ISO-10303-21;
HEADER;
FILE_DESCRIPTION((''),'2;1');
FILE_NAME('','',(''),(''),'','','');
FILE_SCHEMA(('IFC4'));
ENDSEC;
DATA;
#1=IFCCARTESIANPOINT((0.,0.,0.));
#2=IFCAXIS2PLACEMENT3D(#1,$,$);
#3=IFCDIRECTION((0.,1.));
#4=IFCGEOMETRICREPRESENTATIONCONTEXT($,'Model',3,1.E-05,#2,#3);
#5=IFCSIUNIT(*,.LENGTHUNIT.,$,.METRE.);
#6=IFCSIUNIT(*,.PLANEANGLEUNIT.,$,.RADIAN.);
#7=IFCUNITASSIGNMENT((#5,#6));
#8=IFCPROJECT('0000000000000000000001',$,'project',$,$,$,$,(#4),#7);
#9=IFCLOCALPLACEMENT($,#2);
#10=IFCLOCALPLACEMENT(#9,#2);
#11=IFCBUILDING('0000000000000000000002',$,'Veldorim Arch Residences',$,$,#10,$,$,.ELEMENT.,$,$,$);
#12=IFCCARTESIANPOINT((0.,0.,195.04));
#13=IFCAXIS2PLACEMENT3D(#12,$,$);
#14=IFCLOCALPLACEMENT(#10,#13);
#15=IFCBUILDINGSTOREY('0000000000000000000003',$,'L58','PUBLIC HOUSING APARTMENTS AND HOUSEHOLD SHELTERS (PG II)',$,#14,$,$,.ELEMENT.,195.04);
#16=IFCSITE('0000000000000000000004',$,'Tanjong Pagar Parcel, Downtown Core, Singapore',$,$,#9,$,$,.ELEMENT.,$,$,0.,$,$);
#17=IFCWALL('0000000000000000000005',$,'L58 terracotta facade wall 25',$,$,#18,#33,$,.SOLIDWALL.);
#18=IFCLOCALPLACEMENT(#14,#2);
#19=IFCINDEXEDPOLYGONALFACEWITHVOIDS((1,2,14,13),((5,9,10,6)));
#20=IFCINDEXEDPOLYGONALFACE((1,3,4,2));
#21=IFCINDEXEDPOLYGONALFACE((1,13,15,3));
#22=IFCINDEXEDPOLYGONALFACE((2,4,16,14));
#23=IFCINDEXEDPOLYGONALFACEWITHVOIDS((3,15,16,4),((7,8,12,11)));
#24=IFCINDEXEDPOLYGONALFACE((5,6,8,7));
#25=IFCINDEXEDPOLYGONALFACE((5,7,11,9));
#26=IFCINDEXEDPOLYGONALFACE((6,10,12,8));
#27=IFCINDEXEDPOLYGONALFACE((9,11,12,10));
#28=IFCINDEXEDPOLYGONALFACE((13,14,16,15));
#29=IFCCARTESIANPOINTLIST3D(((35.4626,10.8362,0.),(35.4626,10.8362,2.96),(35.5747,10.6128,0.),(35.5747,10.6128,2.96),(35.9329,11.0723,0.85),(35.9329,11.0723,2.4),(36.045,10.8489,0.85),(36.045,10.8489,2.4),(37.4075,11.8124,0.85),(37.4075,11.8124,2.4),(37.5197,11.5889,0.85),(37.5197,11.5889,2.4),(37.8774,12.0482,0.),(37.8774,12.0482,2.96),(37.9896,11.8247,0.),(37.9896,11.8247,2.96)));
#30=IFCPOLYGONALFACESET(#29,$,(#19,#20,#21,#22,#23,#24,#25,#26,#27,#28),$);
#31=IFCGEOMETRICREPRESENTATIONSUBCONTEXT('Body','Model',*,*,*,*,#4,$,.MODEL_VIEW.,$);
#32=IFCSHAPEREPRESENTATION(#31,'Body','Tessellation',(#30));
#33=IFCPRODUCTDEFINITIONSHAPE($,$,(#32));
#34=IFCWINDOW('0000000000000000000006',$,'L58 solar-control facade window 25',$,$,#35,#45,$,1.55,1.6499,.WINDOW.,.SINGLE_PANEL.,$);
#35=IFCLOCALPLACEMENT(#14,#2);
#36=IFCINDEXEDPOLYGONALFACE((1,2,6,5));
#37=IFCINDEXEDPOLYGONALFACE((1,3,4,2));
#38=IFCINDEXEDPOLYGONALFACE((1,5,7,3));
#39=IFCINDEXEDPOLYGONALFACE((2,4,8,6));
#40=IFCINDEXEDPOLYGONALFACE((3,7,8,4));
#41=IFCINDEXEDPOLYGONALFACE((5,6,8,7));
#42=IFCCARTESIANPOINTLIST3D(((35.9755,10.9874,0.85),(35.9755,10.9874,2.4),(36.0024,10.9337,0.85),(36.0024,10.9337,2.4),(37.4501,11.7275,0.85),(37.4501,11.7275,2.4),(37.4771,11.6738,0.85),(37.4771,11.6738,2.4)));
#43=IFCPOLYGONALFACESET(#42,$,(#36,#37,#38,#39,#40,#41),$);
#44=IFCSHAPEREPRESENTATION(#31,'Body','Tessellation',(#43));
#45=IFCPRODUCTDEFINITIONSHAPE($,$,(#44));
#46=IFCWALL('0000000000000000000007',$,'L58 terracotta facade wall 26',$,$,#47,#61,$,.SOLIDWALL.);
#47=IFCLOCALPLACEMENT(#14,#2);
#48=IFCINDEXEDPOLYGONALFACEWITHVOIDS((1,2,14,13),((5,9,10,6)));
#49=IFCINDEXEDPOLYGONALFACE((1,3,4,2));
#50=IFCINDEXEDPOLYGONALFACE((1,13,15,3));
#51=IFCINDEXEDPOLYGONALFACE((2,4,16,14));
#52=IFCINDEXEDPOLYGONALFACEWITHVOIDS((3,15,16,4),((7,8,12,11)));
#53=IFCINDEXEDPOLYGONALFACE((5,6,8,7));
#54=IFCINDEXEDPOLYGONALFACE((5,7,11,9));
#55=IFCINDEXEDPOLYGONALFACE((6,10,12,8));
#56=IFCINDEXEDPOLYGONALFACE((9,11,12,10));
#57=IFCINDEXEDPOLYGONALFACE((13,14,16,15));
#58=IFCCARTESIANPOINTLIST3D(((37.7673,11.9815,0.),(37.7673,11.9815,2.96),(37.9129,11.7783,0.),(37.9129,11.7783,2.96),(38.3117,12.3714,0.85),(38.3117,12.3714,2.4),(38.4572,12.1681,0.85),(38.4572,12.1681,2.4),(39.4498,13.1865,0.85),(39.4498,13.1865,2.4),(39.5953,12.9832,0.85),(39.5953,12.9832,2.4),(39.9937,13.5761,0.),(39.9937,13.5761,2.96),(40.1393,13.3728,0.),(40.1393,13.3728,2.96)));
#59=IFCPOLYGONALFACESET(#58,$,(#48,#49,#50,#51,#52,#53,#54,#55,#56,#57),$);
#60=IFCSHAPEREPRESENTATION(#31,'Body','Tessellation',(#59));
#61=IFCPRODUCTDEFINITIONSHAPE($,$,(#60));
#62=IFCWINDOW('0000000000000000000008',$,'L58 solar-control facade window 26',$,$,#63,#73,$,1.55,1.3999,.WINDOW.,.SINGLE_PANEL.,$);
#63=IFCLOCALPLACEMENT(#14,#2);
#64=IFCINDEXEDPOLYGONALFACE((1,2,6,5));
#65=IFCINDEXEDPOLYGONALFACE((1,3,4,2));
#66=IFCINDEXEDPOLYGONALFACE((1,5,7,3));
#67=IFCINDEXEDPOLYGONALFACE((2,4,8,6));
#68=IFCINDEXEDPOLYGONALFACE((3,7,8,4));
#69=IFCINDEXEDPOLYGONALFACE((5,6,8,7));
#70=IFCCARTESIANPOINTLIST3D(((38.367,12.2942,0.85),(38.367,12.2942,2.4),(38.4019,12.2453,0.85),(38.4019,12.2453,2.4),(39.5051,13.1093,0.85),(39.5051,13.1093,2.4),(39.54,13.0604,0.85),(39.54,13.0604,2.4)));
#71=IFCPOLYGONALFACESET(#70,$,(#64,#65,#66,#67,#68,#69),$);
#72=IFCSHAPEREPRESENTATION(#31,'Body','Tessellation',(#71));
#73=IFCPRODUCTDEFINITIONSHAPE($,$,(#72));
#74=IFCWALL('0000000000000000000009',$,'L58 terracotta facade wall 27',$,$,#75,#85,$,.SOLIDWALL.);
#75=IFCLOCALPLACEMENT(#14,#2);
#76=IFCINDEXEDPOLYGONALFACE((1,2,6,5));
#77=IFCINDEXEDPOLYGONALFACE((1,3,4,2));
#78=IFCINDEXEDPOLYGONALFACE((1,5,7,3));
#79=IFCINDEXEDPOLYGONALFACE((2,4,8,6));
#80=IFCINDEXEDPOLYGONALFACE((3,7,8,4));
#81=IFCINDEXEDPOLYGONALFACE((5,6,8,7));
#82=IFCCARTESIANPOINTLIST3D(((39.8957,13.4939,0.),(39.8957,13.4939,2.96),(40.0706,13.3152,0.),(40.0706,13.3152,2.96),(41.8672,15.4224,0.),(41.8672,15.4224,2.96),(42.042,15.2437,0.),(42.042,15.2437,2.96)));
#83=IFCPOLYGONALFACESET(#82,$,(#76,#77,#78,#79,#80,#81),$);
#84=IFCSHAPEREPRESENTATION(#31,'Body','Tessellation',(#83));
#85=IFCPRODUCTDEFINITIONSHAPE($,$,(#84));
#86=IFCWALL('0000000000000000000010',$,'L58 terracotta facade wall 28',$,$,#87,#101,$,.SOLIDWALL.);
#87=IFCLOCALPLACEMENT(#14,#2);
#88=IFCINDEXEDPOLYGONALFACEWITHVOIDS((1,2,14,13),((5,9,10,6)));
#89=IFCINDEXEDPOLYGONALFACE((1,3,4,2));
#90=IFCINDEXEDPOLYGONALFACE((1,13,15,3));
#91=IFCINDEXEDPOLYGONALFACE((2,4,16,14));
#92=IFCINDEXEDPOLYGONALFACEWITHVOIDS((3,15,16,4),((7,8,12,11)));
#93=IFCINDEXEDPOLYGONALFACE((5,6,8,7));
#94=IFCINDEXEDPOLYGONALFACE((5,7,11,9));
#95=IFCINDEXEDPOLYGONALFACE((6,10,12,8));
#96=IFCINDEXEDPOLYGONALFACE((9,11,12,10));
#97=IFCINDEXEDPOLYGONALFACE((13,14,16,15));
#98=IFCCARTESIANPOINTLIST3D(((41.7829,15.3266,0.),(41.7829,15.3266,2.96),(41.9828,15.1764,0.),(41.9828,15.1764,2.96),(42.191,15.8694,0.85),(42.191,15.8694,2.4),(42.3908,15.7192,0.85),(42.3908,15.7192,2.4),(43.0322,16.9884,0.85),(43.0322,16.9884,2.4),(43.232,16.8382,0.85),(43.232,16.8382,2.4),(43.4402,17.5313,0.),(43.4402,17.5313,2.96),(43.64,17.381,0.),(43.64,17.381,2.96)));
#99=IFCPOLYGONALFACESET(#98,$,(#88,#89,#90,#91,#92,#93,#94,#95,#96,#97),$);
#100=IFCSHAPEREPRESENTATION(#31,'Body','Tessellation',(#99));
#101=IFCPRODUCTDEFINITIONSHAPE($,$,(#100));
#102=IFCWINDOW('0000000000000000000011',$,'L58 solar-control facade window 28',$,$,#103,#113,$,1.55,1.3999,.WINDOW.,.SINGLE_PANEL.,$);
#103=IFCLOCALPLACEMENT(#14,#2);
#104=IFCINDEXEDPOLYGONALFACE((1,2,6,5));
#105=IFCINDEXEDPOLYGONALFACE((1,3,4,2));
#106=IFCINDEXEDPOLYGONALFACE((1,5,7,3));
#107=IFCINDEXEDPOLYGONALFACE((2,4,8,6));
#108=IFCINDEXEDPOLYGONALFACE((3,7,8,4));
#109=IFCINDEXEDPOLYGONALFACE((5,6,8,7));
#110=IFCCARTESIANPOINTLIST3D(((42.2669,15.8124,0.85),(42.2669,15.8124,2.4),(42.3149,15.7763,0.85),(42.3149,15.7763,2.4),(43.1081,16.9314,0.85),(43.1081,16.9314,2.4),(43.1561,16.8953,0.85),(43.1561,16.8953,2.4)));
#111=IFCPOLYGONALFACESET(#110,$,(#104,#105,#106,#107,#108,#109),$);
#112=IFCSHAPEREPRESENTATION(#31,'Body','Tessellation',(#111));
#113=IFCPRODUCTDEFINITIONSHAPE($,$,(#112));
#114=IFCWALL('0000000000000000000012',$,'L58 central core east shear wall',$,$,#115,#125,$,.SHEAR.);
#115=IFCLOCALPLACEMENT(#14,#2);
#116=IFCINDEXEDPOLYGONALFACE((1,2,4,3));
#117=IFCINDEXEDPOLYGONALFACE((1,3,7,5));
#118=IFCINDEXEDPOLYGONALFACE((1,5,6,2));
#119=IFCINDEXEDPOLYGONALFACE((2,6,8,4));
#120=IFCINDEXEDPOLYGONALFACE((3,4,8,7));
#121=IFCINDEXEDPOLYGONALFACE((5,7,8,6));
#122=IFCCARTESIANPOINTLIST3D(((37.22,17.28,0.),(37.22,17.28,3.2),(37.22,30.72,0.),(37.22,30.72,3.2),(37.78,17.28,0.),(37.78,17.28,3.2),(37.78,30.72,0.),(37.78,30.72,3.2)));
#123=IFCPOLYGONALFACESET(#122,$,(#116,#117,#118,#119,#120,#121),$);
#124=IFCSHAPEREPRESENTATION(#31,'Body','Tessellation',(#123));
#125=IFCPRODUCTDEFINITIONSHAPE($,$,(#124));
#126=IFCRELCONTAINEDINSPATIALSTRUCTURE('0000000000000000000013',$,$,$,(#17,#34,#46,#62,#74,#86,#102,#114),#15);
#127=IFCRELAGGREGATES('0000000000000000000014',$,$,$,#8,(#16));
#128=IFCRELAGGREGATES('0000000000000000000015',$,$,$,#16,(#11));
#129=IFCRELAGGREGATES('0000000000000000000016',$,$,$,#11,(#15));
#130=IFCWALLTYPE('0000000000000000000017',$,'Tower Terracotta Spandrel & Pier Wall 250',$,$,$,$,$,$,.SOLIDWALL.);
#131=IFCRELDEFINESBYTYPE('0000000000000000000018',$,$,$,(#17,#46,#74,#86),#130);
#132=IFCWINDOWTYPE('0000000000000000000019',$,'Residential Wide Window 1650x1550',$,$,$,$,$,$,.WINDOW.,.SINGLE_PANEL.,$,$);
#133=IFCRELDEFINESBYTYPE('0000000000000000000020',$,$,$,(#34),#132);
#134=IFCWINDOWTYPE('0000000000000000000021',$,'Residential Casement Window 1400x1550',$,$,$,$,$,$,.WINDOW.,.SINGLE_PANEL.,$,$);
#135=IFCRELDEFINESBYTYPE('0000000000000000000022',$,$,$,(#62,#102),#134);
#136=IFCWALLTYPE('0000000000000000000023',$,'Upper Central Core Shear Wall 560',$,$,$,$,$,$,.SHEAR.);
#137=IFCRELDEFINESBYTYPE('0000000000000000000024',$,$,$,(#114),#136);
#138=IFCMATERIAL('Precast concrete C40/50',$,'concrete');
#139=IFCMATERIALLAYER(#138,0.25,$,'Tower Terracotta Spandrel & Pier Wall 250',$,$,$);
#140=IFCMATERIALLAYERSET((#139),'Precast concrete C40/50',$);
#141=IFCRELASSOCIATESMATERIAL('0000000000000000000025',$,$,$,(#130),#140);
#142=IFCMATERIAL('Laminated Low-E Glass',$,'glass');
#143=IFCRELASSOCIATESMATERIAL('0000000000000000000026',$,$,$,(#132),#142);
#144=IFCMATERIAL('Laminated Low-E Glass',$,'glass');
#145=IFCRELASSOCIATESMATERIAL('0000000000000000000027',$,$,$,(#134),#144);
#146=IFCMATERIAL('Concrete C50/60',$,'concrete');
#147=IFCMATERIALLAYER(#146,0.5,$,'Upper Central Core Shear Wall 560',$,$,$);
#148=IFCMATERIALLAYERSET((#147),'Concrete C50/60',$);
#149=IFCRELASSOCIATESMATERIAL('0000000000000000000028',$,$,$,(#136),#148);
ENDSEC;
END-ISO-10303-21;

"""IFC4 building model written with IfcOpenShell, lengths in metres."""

from ifc_helpers import new_model, si_unit, direction, frame, frame_2d, origin, place, context, subcontext, project, spatial, rectangle, extrude, material, layer, layer_set, type_object, element, fill, save


model = new_model("IFC4")

# Units and contexts
model_context = context("Model", 3, precision=1e-05, world=origin(), true_north=direction((0.0, 1.0)))
body_context = subcontext(model_context, "Body", "Model", "MODEL_VIEW")
ifc_project = project(units=[si_unit("LENGTHUNIT", "METRE"), si_unit("PLANEANGLEUNIT", "RADIAN")], contexts=[model_context])

# Site, building, storey
site_placement = place(None, origin())
site = spatial("IfcSite", under=ifc_project, at=site_placement, Name="Tanjong Pagar Parcel, Downtown Core, Singapore", CompositionType="ELEMENT", RefElevation=0.0)
building_placement = place(site_placement, origin())
building = spatial("IfcBuilding", under=site, at=building_placement, Name="Veldorim Arch Residences", CompositionType="ELEMENT")
storey_placement = place(building_placement, frame((0.0, 0.0, 195.04)))
storey = spatial("IfcBuildingStorey", under=building, at=storey_placement, Name="L58", Description="PUBLIC HOUSING APARTMENTS AND HOUSEHOLD SHELTERS (PG II)", CompositionType="ELEMENT", Elevation=195.04)

# Walls, openings, windows
ifc_material_1 = material(Name="Precast concrete C40/50", Category="concrete")
ifc_layer_1 = layer(ifc_material_1, 0.25, Name="Tower Terracotta Spandrel & Pier Wall 250")
ifc_layer_set_1 = layer_set([ifc_layer_1], Name="Precast concrete C40/50")
wall_type_1 = type_object("IfcWallType", Name="Tower Terracotta Spandrel & Pier Wall 250", PredefinedType="SOLIDWALL", material=ifc_layer_set_1)
wall_1_placement = place(storey_placement, frame((37.9336, 11.9365, 0.0), z_axis=(0.0, 0.0, 1.0), x_axis=(-0.893758, -0.44855, 0.0)))
wall_1 = element("IfcWall", 1, at=wall_1_placement, inside=storey, type_object=wall_type_1, Name="L58 terracotta facade wall 25", PredefinedType="SOLIDWALL", context=body_context, shape_type="SweptSolid", body=[
    extrude(rectangle(XDim=2.7019, YDim=0.25, at=frame_2d((1.3511, 0.0))), origin(), (0.0, 0.0, 1.0), 2.96),
])
opening_1_placement = place(wall_1_placement, frame((0.5259, 0.0, 0.8501)))
opening_1 = element("IfcOpeningElement", 2, at=opening_1_placement, cuts=wall_1, PredefinedType="OPENING", context=body_context, shape_type="SweptSolid", body=[
    extrude(rectangle(XDim=1.6499, YDim=1.55, at=frame_2d((0.825, 0.7749))), frame((0.0, 0.135, 0.0), z_axis=(0.0, -1.0, 0.0), x_axis=(1.0, 0.0, 0.0)), (0.0, 0.0, 1.0), 0.27),
])
ifc_material_2 = material(Name="Laminated Low-E Glass", Category="glass")
window_type_1 = type_object("IfcWindowType", Name="Residential Wide Window 1650x1550", PartitioningType="SINGLE_PANEL", PredefinedType="WINDOW", material=ifc_material_2)
window_1_placement = place(opening_1_placement, origin())
window_1 = element("IfcWindow", 3, at=window_1_placement, inside=storey, type_object=window_type_1, Name="L58 solar-control facade window 25", OverallHeight=1.55, OverallWidth=1.6499, PartitioningType="SINGLE_PANEL", PredefinedType="WINDOW", context=body_context, shape_type="SweptSolid", body=[
    extrude(rectangle(XDim=1.6499, YDim=1.55, at=frame_2d((0.825, 0.7749))), frame((0.0, 0.03, 0.0), z_axis=(0.0, -1.0, 0.0), x_axis=(1.0, 0.0, 0.0)), (0.0, 0.0, 1.0), 0.0601),
])
fill(opening_1, window_1)
wall_2_placement = place(storey_placement, frame((40.0664, 13.4744, 0.0), z_axis=(0.0, 0.0, 1.0), x_axis=(-0.812998, -0.582267, 0.0)))
wall_2 = element("IfcWall", 4, at=wall_2_placement, inside=storey, type_object=wall_type_1, Name="L58 terracotta facade wall 26", PredefinedType="SOLIDWALL", context=body_context, shape_type="SweptSolid", body=[
    extrude(rectangle(XDim=2.7385, YDim=0.25, at=frame_2d((1.3691, 0.0))), origin(), (0.0, 0.0, 1.0), 2.96),
])
opening_2_placement = place(wall_2_placement, frame((0.6689, 0.0, 0.8501)))
opening_2 = element("IfcOpeningElement", 5, at=opening_2_placement, cuts=wall_2, PredefinedType="OPENING", context=body_context, shape_type="SweptSolid", body=[
    extrude(rectangle(XDim=1.3999, YDim=1.55, at=frame_2d((0.7, 0.7749))), frame((0.0, 0.135, 0.0), z_axis=(0.0, -1.0, 0.0), x_axis=(1.0, 0.0, 0.0)), (0.0, 0.0, 1.0), 0.27),
])
ifc_material_3 = material(Name="Laminated Low-E Glass", Category="glass")
window_type_2 = type_object("IfcWindowType", Name="Residential Casement Window 1400x1550", PartitioningType="SINGLE_PANEL", PredefinedType="WINDOW", material=ifc_material_3)
window_2_placement = place(opening_2_placement, origin())
window_2 = element("IfcWindow", 6, at=window_2_placement, inside=storey, type_object=window_type_2, Name="L58 solar-control facade window 26", OverallHeight=1.55, OverallWidth=1.3999, PartitioningType="SINGLE_PANEL", PredefinedType="WINDOW", context=body_context, shape_type="SweptSolid", body=[
    extrude(rectangle(XDim=1.3999, YDim=1.55, at=frame_2d((0.7, 0.7749))), frame((0.0, 0.03, 0.0), z_axis=(0.0, -1.0, 0.0), x_axis=(1.0, 0.0, 0.0)), (0.0, 0.0, 1.0), 0.0601),
])
fill(opening_2, window_2)

# Wall
wall_3_placement = place(storey_placement, frame((41.9546, 15.333, 0.0), z_axis=(0.0, 0.0, 1.0), x_axis=(-0.714854, -0.699274, 0.0)))
element("IfcWall", 7, at=wall_3_placement, inside=storey, type_object=wall_type_1, Name="L58 terracotta facade wall 27", PredefinedType="SOLIDWALL", context=body_context, shape_type="SweptSolid", body=[
    extrude(rectangle(XDim=2.7578, YDim=0.25, at=frame_2d((1.3789, 0.0))), origin(), (0.0, 0.0, 1.0), 2.96),
])

# Wall, opening, window
wall_4_placement = place(storey_placement, frame((43.54, 17.4561, 0.0), z_axis=(0.0, 0.0, 1.0), x_axis=(-0.600878, -0.799341, 0.0)))
wall_4 = element("IfcWall", 8, at=wall_4_placement, inside=storey, type_object=wall_type_1, Name="L58 terracotta facade wall 28", PredefinedType="SOLIDWALL", context=body_context, shape_type="SweptSolid", body=[
    extrude(rectangle(XDim=2.7581, YDim=0.25, at=frame_2d((1.3789, 0.0))), origin(), (0.0, 0.0, 1.0), 2.96),
])
opening_3_placement = place(wall_4_placement, frame((0.679, 0.0, 0.8501)))
opening_3 = element("IfcOpeningElement", 9, at=opening_3_placement, cuts=wall_4, PredefinedType="OPENING", context=body_context, shape_type="SweptSolid", body=[
    extrude(rectangle(XDim=1.3999, YDim=1.55, at=frame_2d((0.7, 0.7749))), frame((0.0, 0.135, 0.0), z_axis=(0.0, -1.0, 0.0), x_axis=(1.0, 0.0, 0.0)), (0.0, 0.0, 1.0), 0.27),
])
window_3_placement = place(opening_3_placement, origin())
window_3 = element("IfcWindow", 10, at=window_3_placement, inside=storey, type_object=window_type_2, Name="L58 solar-control facade window 28", OverallHeight=1.55, OverallWidth=1.3999, PartitioningType="SINGLE_PANEL", PredefinedType="WINDOW", context=body_context, shape_type="SweptSolid", body=[
    extrude(rectangle(XDim=1.3999, YDim=1.55, at=frame_2d((0.7, 0.7749))), frame((0.0, 0.03, 0.0), z_axis=(0.0, -1.0, 0.0), x_axis=(1.0, 0.0, 0.0)), (0.0, 0.0, 1.0), 0.0601),
])
fill(opening_3, window_3)

# Wall
ifc_material_4 = material(Name="Concrete C50/60", Category="concrete")
ifc_layer_2 = layer(ifc_material_4, 0.5, Name="Upper Central Core Shear Wall 560")
ifc_layer_set_2 = layer_set([ifc_layer_2], Name="Concrete C50/60")
wall_type_2 = type_object("IfcWallType", Name="Upper Central Core Shear Wall 560", PredefinedType="SHEAR", material=ifc_layer_set_2)
wall_5_placement = place(storey_placement, frame((37.5, 17.28, 0.0), z_axis=(0.0, 0.0, 1.0), x_axis=(0.0, 1.0, 0.0)))
element("IfcWall", 11, at=wall_5_placement, inside=storey, type_object=wall_type_2, Name="L58 central core east shear wall", PredefinedType="SHEAR", context=body_context, shape_type="SweptSolid", body=[
    extrude(rectangle(XDim=13.4399, YDim=0.5601, at=frame_2d((6.72, 0.0))), origin(), (0.0, 0.0, 1.0), 3.2),
])

save(model, "model.ifc")
